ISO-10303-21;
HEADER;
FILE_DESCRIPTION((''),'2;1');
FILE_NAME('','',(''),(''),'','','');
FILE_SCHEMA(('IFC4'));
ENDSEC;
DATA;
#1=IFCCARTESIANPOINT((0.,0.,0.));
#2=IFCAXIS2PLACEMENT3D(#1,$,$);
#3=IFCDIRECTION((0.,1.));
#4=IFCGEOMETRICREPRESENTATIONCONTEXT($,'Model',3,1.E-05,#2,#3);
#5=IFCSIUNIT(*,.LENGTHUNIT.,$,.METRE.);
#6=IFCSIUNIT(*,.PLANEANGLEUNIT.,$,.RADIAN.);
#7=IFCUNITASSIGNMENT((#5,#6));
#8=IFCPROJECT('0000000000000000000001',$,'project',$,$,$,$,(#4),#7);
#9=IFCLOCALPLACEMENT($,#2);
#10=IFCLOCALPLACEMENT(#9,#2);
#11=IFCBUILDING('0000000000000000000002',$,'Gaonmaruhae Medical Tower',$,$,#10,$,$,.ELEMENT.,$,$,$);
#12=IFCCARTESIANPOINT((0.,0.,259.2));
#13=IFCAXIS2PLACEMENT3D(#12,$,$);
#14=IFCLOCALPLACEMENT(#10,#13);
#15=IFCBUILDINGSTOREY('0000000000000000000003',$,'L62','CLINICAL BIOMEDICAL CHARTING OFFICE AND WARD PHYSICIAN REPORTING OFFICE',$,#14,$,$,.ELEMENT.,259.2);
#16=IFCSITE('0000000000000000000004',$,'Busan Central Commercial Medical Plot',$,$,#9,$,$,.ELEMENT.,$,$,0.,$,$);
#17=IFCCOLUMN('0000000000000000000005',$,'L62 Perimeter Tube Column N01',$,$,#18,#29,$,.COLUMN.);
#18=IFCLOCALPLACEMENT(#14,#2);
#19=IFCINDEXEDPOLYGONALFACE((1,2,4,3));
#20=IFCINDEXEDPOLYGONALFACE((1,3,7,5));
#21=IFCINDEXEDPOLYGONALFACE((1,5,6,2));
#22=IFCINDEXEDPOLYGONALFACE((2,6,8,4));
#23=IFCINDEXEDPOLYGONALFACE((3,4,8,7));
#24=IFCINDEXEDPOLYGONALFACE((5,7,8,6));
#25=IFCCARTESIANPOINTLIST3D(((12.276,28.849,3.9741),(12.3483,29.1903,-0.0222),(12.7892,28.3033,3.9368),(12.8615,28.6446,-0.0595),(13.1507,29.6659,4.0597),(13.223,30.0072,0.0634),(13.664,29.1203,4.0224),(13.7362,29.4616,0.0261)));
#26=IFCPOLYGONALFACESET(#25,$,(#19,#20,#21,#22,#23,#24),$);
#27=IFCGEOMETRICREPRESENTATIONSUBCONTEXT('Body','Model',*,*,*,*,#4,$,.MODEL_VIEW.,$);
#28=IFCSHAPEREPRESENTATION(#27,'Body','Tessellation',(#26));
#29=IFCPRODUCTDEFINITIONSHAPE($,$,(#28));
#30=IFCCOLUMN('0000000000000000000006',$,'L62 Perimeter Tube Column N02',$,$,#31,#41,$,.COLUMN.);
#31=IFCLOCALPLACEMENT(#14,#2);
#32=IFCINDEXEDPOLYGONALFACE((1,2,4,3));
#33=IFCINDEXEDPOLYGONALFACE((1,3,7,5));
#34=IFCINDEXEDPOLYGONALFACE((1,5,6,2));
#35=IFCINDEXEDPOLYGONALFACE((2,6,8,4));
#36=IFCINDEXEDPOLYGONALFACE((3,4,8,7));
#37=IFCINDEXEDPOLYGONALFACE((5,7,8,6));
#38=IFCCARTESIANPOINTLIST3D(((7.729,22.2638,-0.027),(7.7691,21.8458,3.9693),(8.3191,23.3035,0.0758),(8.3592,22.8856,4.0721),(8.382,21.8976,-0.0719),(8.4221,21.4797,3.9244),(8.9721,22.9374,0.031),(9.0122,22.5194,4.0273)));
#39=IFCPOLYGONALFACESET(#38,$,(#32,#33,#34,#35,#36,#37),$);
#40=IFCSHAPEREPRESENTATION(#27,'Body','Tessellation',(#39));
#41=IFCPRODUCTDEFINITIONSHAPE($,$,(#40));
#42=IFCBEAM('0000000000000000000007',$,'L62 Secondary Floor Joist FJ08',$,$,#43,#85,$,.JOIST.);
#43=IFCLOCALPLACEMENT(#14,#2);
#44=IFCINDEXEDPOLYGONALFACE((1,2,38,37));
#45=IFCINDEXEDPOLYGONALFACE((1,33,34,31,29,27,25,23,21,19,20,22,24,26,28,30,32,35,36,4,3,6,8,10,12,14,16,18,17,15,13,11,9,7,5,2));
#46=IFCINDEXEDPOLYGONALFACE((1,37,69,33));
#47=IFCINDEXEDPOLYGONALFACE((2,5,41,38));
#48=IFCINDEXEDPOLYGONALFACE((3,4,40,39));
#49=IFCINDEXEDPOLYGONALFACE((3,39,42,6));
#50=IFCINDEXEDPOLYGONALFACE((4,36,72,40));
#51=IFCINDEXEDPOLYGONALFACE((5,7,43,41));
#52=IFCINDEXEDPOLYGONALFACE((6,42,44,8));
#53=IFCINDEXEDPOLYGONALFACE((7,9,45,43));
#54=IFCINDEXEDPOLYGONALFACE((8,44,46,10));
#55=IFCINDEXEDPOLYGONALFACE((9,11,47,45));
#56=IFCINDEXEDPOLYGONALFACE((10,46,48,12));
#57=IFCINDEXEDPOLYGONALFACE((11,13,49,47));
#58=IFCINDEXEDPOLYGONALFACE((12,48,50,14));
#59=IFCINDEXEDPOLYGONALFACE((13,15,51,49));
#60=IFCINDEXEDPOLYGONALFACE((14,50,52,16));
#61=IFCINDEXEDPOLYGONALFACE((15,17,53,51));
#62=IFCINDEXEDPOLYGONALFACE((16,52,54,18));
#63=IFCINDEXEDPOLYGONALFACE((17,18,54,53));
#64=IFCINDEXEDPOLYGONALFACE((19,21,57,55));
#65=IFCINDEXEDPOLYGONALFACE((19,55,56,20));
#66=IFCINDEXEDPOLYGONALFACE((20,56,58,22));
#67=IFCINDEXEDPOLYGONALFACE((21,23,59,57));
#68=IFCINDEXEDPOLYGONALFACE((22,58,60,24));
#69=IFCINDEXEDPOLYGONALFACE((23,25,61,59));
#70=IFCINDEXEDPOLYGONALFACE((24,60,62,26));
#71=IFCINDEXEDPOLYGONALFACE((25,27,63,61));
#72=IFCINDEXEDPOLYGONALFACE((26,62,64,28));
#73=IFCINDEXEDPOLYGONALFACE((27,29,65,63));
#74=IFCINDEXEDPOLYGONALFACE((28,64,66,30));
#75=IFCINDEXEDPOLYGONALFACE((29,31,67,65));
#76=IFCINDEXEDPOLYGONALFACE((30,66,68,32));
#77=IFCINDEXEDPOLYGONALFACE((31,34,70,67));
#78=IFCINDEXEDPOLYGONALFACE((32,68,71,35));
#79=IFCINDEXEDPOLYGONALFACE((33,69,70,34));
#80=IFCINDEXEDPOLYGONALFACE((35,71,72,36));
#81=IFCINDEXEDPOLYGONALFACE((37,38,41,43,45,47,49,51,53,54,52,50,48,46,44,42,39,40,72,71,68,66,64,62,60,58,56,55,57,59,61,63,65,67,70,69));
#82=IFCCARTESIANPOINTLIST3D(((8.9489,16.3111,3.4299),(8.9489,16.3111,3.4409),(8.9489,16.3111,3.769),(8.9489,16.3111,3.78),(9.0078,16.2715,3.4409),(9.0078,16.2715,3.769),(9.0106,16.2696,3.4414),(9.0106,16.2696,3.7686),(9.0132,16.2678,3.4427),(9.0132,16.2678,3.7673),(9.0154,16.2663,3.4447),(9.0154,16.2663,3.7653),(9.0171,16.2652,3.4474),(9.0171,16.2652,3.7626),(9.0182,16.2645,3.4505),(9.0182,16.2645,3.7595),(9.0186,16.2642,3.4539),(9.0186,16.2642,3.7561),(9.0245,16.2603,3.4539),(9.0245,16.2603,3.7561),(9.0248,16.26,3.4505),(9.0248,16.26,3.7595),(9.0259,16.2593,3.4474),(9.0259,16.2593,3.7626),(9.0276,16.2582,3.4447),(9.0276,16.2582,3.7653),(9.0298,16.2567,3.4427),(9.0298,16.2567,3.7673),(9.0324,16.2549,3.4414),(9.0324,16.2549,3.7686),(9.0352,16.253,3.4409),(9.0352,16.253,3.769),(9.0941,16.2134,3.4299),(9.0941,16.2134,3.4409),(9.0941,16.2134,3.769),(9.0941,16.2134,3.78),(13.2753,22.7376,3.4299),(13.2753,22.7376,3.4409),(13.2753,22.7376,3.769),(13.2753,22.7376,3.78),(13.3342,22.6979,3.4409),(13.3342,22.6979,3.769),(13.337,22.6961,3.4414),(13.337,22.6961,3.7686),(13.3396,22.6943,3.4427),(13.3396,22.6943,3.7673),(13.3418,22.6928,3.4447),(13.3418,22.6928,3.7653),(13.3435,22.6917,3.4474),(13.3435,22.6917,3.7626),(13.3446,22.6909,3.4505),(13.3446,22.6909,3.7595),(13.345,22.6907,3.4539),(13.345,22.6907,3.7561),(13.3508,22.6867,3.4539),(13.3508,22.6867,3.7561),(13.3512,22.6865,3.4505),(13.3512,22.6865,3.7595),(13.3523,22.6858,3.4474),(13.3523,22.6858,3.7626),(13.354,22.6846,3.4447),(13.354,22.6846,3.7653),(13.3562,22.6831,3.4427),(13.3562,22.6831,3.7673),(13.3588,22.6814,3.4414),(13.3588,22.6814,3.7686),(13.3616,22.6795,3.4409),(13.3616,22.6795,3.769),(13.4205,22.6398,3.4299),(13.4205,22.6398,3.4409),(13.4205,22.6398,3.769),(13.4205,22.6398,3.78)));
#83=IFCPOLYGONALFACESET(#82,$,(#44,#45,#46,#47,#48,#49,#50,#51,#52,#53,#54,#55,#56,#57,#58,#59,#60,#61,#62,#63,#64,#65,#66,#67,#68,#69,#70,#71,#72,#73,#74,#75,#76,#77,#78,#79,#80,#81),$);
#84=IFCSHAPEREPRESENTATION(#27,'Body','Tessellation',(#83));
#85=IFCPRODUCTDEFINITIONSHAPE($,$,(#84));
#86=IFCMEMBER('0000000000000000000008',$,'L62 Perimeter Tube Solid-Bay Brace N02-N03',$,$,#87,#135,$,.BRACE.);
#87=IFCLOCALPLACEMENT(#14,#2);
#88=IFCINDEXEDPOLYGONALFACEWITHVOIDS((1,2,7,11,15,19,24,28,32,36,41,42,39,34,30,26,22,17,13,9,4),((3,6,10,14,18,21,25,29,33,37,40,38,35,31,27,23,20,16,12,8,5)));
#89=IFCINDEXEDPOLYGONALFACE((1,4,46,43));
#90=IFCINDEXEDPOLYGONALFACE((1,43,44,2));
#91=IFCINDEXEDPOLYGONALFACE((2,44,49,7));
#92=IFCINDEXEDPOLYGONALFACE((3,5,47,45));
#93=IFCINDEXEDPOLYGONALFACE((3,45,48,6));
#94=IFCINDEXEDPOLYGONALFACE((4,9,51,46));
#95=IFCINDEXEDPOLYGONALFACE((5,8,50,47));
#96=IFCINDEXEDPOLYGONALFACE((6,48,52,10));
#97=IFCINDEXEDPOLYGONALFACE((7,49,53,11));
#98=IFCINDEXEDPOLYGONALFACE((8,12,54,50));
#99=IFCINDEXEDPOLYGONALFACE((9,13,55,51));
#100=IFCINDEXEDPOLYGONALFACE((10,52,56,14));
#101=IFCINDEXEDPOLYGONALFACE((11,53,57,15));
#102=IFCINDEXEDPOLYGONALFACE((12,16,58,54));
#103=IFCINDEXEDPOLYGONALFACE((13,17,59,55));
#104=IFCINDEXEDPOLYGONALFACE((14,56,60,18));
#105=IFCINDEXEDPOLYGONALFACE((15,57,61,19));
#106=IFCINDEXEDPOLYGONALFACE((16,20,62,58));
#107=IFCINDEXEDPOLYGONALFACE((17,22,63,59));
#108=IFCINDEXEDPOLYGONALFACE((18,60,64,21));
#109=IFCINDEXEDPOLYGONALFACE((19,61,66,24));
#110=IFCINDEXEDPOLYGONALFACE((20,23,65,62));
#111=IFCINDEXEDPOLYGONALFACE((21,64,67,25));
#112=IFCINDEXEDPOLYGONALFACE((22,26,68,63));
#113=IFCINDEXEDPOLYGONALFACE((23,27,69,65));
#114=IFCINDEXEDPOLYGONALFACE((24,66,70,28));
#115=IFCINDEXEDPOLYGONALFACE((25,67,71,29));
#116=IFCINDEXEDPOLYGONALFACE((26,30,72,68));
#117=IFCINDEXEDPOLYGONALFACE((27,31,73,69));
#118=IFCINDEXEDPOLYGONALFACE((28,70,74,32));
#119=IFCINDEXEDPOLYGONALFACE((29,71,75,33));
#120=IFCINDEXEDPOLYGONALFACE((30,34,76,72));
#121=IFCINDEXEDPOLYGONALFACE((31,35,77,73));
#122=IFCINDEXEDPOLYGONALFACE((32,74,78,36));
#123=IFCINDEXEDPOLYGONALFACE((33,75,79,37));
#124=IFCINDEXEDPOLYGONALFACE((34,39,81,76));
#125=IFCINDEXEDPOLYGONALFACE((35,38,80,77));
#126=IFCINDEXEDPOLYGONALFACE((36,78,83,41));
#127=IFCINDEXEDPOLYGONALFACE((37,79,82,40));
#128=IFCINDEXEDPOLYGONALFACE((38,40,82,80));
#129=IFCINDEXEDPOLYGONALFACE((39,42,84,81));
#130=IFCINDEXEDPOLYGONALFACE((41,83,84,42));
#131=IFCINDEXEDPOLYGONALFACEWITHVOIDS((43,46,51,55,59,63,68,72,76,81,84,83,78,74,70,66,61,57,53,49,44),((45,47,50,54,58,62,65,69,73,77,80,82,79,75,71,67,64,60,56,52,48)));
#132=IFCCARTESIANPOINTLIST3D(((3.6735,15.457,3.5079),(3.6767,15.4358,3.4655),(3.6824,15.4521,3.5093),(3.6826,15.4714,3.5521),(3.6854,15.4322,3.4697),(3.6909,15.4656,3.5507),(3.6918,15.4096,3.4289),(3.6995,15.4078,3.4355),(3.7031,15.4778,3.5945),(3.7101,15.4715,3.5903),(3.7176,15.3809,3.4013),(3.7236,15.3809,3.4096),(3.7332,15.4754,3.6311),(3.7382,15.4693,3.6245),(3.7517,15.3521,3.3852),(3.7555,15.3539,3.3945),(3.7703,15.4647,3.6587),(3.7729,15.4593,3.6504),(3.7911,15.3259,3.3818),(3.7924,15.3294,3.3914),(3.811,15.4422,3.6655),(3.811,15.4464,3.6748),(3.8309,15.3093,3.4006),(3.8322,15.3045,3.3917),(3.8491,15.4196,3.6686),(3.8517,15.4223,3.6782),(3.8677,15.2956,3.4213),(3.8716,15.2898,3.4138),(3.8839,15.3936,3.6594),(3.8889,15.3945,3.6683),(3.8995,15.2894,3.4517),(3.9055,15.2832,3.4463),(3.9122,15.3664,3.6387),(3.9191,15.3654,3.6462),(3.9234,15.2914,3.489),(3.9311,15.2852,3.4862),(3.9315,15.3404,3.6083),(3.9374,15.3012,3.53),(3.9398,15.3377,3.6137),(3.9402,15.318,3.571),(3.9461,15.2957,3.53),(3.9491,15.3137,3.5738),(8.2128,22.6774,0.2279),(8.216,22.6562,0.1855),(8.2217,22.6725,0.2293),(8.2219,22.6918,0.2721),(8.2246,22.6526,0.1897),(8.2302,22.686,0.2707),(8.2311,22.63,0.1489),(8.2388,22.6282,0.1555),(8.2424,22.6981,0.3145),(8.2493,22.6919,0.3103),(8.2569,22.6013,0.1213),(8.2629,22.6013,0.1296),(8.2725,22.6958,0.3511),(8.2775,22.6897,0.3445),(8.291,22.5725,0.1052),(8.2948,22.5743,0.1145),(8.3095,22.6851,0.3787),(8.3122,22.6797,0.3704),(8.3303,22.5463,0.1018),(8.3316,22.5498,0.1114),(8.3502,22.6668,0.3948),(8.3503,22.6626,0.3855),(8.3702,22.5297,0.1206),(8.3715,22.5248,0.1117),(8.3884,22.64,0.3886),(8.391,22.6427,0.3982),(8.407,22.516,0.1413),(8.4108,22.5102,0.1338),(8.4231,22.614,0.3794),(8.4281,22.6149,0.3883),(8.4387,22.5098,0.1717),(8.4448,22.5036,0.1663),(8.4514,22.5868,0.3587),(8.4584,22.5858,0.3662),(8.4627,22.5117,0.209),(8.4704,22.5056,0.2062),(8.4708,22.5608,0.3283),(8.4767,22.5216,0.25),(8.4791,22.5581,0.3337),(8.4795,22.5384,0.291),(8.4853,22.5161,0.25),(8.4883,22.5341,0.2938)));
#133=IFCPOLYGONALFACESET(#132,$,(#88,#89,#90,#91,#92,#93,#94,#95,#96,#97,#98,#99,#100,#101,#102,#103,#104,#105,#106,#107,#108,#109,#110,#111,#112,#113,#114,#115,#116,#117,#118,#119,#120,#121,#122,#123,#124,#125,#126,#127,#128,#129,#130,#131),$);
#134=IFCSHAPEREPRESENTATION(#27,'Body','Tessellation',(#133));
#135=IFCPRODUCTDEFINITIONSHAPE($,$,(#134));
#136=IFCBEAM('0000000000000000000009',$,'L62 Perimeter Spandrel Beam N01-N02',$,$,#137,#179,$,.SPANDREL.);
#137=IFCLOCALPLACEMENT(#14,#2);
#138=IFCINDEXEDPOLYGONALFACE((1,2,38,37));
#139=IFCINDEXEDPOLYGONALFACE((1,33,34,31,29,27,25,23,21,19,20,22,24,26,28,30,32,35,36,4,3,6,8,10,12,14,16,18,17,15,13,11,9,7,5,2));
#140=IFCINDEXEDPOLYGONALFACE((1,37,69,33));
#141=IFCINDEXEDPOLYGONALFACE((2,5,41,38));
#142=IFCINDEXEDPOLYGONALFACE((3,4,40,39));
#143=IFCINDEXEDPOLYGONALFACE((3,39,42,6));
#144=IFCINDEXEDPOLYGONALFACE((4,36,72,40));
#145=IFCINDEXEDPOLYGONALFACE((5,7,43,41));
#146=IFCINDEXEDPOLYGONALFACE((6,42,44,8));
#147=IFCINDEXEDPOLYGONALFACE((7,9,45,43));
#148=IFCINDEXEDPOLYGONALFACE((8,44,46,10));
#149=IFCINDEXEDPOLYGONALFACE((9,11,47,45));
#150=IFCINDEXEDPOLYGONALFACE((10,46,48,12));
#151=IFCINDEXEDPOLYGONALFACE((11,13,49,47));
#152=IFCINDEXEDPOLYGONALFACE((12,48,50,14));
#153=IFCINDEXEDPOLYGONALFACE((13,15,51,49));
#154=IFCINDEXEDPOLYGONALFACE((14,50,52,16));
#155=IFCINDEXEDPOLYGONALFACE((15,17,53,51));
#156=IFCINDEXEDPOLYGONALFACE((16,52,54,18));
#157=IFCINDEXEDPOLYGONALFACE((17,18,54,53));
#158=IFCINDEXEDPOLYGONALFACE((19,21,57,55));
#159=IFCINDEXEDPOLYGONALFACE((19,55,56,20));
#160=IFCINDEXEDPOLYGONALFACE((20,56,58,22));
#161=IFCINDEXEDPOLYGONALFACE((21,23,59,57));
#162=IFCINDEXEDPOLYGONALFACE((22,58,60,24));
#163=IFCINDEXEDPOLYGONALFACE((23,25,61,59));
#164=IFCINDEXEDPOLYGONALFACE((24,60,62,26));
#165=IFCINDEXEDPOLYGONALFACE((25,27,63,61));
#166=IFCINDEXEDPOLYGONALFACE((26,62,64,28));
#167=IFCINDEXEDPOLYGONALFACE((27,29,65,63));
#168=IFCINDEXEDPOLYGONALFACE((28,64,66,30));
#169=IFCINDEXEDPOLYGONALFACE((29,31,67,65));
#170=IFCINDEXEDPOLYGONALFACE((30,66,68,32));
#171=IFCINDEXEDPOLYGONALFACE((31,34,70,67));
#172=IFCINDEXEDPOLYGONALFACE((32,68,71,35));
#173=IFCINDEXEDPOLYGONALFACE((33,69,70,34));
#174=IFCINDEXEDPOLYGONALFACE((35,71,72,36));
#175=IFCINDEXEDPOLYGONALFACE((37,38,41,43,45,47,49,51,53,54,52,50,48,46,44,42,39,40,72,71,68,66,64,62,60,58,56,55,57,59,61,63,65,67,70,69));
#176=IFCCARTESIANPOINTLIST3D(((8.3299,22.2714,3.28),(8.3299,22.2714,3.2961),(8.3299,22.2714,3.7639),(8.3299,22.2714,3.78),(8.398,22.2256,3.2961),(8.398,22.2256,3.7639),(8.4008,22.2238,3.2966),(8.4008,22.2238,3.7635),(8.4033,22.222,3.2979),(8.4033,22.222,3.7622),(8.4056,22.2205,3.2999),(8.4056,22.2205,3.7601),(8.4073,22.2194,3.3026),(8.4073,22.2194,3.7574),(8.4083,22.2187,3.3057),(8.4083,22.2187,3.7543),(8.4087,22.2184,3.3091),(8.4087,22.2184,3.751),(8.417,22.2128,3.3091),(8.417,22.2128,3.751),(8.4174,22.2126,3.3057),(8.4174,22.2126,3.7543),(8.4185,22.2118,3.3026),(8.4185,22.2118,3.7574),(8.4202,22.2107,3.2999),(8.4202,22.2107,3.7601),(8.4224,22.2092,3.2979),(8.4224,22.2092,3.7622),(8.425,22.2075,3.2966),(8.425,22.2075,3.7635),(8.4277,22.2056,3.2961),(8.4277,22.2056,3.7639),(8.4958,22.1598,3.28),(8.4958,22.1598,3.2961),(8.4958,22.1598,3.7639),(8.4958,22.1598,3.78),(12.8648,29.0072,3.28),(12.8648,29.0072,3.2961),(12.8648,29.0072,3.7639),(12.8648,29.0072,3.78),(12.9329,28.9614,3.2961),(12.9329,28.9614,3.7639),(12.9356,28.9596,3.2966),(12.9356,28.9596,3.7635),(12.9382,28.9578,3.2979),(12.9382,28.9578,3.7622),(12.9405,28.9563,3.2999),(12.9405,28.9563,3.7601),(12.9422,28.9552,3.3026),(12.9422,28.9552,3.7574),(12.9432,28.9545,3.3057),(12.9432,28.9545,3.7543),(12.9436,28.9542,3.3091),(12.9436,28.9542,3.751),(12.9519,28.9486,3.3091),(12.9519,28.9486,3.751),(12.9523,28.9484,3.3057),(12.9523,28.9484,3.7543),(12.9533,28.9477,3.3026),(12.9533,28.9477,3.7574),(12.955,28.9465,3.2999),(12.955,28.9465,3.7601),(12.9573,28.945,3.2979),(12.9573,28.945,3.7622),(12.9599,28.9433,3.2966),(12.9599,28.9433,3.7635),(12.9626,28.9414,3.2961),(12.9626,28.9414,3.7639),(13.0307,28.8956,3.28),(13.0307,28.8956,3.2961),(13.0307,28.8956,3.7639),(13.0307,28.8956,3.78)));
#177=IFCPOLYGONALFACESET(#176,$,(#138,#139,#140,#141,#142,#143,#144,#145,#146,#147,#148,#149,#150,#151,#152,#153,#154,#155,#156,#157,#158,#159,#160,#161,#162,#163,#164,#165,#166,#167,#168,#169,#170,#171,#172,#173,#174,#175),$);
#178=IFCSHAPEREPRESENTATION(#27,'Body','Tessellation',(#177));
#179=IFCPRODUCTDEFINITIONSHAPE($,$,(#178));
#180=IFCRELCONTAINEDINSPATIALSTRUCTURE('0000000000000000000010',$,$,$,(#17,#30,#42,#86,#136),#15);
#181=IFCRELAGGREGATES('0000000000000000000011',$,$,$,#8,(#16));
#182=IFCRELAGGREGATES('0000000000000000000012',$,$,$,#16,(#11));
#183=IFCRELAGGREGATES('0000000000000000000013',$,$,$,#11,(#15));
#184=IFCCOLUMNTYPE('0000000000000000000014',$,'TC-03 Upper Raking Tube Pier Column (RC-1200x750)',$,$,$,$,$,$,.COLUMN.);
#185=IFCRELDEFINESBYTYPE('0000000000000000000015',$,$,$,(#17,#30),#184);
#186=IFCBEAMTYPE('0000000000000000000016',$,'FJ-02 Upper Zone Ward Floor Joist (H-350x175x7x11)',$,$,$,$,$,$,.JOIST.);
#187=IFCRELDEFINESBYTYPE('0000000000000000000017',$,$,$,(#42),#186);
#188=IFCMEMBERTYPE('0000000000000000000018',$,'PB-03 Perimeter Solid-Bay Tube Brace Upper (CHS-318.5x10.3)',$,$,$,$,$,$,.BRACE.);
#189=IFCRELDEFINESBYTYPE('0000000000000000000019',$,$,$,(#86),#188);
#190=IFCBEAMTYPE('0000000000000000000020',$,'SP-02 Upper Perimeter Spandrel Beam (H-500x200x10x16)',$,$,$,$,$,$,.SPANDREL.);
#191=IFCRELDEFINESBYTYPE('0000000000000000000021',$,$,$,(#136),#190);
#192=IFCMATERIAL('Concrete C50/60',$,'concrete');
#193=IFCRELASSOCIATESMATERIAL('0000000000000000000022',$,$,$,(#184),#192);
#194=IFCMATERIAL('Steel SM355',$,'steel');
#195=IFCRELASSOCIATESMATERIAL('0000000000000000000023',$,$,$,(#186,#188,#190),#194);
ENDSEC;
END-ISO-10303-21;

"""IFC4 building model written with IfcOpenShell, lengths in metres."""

from ifc_helpers import new_model, si_unit, direction, frame, origin, origin_2d, place, context, subcontext, project, spatial, rectangle, hollow_circle, i_section, extrude, material, material_profile, profile_set, type_object, element, save


model = new_model("IFC4")

# Units and contexts
model_context = context("Model", 3, precision=1e-05, world=origin(), true_north=direction((0.0, 1.0)))
body_context = subcontext(model_context, "Body", "Model", "MODEL_VIEW")
ifc_project = project(units=[si_unit("LENGTHUNIT", "METRE"), si_unit("PLANEANGLEUNIT", "RADIAN")], contexts=[model_context])

# Site, building, storey
site_placement = place(None, origin())
site = spatial("IfcSite", under=ifc_project, at=site_placement, Name="Busan Central Commercial Medical Plot", CompositionType="ELEMENT", RefElevation=0.0)
building_placement = place(site_placement, origin())
building = spatial("IfcBuilding", under=site, at=building_placement, Name="Gaonmaruhae Medical Tower", CompositionType="ELEMENT")
storey_placement = place(building_placement, frame((0.0, 0.0, 259.2)))
storey = spatial("IfcBuildingStorey", under=building, at=storey_placement, Name="L62", Description="CLINICAL BIOMEDICAL CHARTING OFFICE AND WARD PHYSICIAN REPORTING OFFICE", CompositionType="ELEMENT", Elevation=259.2)

# Columns
ifc_material_1 = material(Name="Concrete C50/60", Category="concrete")
ifc_material_profile_1 = material_profile(ifc_material_1, rectangle(XDim=1.2, YDim=0.75, at=origin_2d()), Name="RC-1200x750")
ifc_profile_set_1 = profile_set([ifc_material_profile_1], Name="Concrete C50/60")
column_type = type_object("IfcColumnType", Name="TC-03 Upper Raking Tube Pier Column (RC-1200x750)", PredefinedType="COLUMN", material=ifc_profile_set_1)
column_1_placement = place(storey_placement, frame((13.0422, 29.3259, 0.002), z_axis=(-0.018014, -0.085082, 0.996211), x_axis=(0.728979, 0.68081, 0.071327)))
element("IfcColumn", 1, at=column_1_placement, inside=storey, type_object=column_type, Name="L62 Perimeter Tube Column N01", PredefinedType="COLUMN", context=body_context, shape_type="SweptSolid", body=[
    extrude(rectangle(XDim=1.2, YDim=0.75, at=origin_2d()), origin(), (0.0, 0.0, 1.0), 4.0115),
])
column_2_placement = place(storey_placement, frame((8.3506, 22.6006, 0.002), z_axis=(0.009964, -0.104015, 0.994526), x_axis=(0.491759, 0.866504, 0.085699)))
element("IfcColumn", 2, at=column_2_placement, inside=storey, type_object=column_type, Name="L62 Perimeter Tube Column N02", PredefinedType="COLUMN", context=body_context, shape_type="SweptSolid", body=[
    extrude(rectangle(XDim=1.2, YDim=0.75, at=origin_2d()), origin(), (0.0, 0.0, 1.0), 4.0183),
])

# Beam
ifc_material_2 = material(Name="Steel SM355", Category="steel")
ifc_material_profile_2 = material_profile(ifc_material_2, i_section(OverallWidth=0.175, OverallDepth=0.3501, WebThickness=0.0071, FlangeThickness=0.011, FilletRadius=0.0129, at=origin_2d()), Name="H-350x175x7x11")
ifc_profile_set_2 = profile_set([ifc_material_profile_2], Name="Steel SM355")
beam_type_1 = type_object("IfcBeamType", Name="FJ-02 Upper Zone Ward Floor Joist (H-350x175x7x11)", PredefinedType="JOIST", material=ifc_profile_set_2)
beam_1_placement = place(storey_placement, frame((13.3479, 22.6887, 3.605), z_axis=(-0.558454, -0.829535, 0.0), x_axis=(0.829535, -0.558454, 0.0)))
element("IfcBeam", 3, at=beam_1_placement, inside=storey, type_object=beam_type_1, Name="L62 Secondary Floor Joist FJ08", PredefinedType="JOIST", context=body_context, shape_type="SweptSolid", body=[
    extrude(i_section(OverallWidth=0.175, OverallDepth=0.3501, WebThickness=0.0071, FlangeThickness=0.011, FilletRadius=0.0129, at=origin_2d()), origin(), (0.0, 0.0, 1.0), 7.7471),
])

# Member
ifc_material_profile_3 = material_profile(ifc_material_2, hollow_circle(Radius=0.1592, WallThickness=0.0103, at=origin_2d()), Name="CHS-318.5x10.3")
ifc_profile_set_3 = profile_set([ifc_material_profile_3], Name="Steel SM355")
member_type = type_object("IfcMemberType", Name="PB-03 Perimeter Solid-Bay Tube Brace Upper (CHS-318.5x10.3)", PredefinedType="BRACE", material=ifc_profile_set_3)
member_placement = place(storey_placement, frame((8.3506, 22.6008, 0.25), z_axis=(-0.496763, -0.790177, 0.358953), x_axis=(0.846598, -0.532233, 0.0)))
element("IfcMember", 4, at=member_placement, inside=storey, type_object=member_type, Name="L62 Perimeter Tube Solid-Bay Brace N02-N03", PredefinedType="BRACE", context=body_context, shape_type="SweptSolid", body=[
    extrude(hollow_circle(Radius=0.1592, WallThickness=0.0103, at=origin_2d()), origin(), (0.0, 0.0, 1.0), 9.1377),
])

# Beam
ifc_material_profile_4 = material_profile(ifc_material_2, i_section(OverallWidth=0.2, OverallDepth=0.5, WebThickness=0.01, FlangeThickness=0.0161, FilletRadius=0.0129, at=origin_2d()), Name="H-500x200x10x16")
ifc_profile_set_4 = profile_set([ifc_material_profile_4], Name="Steel SM355")
beam_type_2 = type_object("IfcBeamType", Name="SP-02 Upper Perimeter Spandrel Beam (H-500x200x10x16)", PredefinedType="SPANDREL", material=ifc_profile_set_4)
beam_2_placement = place(storey_placement, frame((12.9478, 28.9514, 3.53), z_axis=(-0.558476, -0.829521, 0.0), x_axis=(0.829521, -0.558476, 0.0)))
element("IfcBeam", 5, at=beam_2_placement, inside=storey, type_object=beam_type_2, Name="L62 Perimeter Spandrel Beam N01-N02", PredefinedType="SPANDREL", context=body_context, shape_type="SweptSolid", body=[
    extrude(i_section(OverallWidth=0.2, OverallDepth=0.5, WebThickness=0.01, FlangeThickness=0.0161, FilletRadius=0.0129, at=origin_2d()), origin(), (0.0, 0.0, 1.0), 8.1201),
])

save(model, "model.ifc")
